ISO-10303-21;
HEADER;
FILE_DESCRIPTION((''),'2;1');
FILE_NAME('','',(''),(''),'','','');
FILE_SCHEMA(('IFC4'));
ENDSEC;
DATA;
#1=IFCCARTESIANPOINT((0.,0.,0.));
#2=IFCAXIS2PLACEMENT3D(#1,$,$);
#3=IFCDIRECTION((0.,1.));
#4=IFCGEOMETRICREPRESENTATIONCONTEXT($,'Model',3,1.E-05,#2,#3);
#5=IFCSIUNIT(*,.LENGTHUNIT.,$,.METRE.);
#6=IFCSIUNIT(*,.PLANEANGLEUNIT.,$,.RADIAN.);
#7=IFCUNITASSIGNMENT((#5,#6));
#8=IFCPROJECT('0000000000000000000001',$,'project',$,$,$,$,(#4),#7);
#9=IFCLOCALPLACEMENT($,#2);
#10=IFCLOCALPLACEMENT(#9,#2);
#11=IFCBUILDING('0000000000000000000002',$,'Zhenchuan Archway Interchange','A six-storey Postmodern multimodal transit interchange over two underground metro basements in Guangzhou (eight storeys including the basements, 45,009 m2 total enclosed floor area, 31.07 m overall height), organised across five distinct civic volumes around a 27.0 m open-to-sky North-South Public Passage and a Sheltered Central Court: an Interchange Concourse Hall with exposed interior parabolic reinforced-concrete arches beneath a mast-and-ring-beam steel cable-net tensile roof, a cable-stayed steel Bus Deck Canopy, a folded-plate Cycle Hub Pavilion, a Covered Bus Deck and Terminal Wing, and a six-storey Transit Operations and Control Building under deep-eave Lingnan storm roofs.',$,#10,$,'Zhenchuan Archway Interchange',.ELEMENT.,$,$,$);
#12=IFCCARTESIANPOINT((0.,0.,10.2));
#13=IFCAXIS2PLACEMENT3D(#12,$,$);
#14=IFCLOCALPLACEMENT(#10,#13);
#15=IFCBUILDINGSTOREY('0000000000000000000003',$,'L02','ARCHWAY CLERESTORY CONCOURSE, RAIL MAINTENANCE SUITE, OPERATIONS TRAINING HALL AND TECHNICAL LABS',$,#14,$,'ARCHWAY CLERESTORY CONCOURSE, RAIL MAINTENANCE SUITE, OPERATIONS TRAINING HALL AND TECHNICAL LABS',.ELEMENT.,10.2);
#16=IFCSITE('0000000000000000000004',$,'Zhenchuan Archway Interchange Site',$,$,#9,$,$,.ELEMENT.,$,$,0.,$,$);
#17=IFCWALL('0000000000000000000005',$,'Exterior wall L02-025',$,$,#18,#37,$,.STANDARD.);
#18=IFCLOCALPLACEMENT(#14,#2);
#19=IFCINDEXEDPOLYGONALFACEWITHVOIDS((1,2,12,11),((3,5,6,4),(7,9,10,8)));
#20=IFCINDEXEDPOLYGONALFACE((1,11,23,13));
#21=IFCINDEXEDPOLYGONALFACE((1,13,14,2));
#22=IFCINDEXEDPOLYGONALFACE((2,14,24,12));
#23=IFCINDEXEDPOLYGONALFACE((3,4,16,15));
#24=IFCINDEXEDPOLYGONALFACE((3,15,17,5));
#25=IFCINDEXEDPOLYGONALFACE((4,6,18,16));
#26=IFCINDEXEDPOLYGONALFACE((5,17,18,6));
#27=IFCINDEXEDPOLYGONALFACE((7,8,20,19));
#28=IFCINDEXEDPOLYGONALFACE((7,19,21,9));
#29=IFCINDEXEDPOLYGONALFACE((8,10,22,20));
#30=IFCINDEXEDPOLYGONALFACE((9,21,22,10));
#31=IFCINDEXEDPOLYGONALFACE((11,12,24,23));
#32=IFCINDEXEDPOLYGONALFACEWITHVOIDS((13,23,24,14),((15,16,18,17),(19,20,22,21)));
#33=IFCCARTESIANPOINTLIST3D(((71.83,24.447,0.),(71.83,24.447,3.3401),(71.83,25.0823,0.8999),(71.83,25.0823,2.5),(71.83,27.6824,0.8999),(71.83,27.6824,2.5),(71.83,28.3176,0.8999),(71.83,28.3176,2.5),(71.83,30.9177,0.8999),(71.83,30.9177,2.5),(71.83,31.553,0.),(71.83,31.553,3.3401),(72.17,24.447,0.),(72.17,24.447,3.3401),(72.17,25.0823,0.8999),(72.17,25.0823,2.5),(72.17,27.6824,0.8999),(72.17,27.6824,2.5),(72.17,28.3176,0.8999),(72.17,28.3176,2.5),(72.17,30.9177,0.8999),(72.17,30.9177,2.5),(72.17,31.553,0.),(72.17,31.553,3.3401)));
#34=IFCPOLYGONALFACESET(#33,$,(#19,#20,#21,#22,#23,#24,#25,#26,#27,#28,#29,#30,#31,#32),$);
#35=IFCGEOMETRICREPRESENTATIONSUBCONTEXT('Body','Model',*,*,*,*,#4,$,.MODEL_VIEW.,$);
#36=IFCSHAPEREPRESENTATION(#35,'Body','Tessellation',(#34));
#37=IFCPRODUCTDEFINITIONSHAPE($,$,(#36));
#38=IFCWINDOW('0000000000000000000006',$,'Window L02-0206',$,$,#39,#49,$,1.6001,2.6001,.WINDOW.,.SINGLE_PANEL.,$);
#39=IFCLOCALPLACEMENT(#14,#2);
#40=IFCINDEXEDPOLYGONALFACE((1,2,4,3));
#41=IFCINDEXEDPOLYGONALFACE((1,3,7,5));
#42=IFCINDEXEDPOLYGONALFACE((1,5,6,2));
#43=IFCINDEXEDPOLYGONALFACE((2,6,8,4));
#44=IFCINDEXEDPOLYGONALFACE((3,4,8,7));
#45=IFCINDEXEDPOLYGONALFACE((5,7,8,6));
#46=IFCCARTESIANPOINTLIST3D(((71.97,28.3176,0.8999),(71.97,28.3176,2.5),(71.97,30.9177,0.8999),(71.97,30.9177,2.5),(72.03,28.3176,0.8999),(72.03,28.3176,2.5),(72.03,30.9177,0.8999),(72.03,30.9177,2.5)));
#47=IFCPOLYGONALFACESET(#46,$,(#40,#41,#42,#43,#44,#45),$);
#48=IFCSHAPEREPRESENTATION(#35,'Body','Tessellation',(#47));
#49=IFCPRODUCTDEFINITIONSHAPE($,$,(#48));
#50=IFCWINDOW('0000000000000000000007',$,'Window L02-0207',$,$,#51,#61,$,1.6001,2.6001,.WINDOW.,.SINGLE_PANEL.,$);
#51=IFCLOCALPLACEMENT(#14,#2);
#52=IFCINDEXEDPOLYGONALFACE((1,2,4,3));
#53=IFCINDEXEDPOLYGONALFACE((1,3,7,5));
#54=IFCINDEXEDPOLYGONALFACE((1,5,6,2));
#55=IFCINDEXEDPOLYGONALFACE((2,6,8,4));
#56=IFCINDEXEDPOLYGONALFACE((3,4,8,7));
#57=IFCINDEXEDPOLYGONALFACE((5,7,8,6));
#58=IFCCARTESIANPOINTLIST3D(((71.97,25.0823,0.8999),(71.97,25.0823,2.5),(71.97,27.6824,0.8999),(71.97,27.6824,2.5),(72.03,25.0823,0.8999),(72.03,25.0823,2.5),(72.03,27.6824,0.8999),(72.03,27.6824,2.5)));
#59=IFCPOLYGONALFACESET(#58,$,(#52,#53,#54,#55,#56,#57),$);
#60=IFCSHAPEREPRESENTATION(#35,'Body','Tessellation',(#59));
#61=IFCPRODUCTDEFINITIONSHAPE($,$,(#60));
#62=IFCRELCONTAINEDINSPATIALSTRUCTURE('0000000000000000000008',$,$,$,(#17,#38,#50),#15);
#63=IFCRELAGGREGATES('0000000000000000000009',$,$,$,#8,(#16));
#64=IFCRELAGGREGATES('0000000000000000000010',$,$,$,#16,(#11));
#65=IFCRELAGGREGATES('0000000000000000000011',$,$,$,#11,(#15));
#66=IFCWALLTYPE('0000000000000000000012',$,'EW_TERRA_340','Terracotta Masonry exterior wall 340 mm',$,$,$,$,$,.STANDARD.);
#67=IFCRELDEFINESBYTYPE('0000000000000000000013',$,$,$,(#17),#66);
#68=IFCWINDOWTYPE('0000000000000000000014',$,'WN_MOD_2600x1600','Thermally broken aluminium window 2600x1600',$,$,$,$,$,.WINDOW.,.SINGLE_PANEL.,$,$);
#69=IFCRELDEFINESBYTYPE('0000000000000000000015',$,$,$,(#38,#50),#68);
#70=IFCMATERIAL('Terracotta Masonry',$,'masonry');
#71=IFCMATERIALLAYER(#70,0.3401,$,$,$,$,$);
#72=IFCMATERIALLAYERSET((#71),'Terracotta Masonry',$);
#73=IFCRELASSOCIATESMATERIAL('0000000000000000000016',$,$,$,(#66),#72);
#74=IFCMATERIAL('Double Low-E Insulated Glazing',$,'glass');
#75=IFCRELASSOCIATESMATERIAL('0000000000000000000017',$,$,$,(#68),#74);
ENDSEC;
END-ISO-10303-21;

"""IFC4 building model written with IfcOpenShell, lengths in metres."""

from ifc_helpers import new_model, si_unit, direction, frame, frame_2d, origin, place, context, subcontext, project, spatial, rectangle, extrude, material, layer, layer_set, type_object, element, fill, save


model = new_model("IFC4")

# Units and contexts
model_context = context("Model", 3, precision=1e-05, world=origin(), true_north=direction((0.0, 1.0)))
body_context = subcontext(model_context, "Body", "Model", "MODEL_VIEW")
ifc_project = project(units=[si_unit("LENGTHUNIT", "METRE"), si_unit("PLANEANGLEUNIT", "RADIAN")], contexts=[model_context])

# Site, building, storey
site_placement = place(None, origin())
site = spatial("IfcSite", under=ifc_project, at=site_placement, Name="Zhenchuan Archway Interchange Site", CompositionType="ELEMENT", RefElevation=0.0)
building_placement = place(site_placement, origin())
building = spatial("IfcBuilding", under=site, at=building_placement, Name="Zhenchuan Archway Interchange", Description="A six-storey Postmodern multimodal transit interchange over two underground metro basements in Guangzhou (eight storeys including the basements, 45,009 m2 total enclosed floor area, 31.07 m overall height), organised across five distinct civic volumes around a 27.0 m open-to-sky North-South Public Passage and a Sheltered Central Court: an Interchange Concourse Hall with exposed interior parabolic reinforced-concrete arches beneath a mast-and-ring-beam steel cable-net tensile roof, a cable-stayed steel Bus Deck Canopy, a folded-plate Cycle Hub Pavilion, a Covered Bus Deck and Terminal Wing, and a six-storey Transit Operations and Control Building under deep-eave Lingnan storm roofs.", LongName="Zhenchuan Archway Interchange", CompositionType="ELEMENT")
storey_placement = place(building_placement, frame((0.0, 0.0, 10.2)))
storey = spatial("IfcBuildingStorey", under=building, at=storey_placement, Name="L02", Description="ARCHWAY CLERESTORY CONCOURSE, RAIL MAINTENANCE SUITE, OPERATIONS TRAINING HALL AND TECHNICAL LABS", LongName="ARCHWAY CLERESTORY CONCOURSE, RAIL MAINTENANCE SUITE, OPERATIONS TRAINING HALL AND TECHNICAL LABS", CompositionType="ELEMENT", Elevation=10.2)

# Shared definitions
ifc_material_1 = material(Name="Double Low-E Insulated Glazing", Category="glass")

# Wall, openings, windows
ifc_material_2 = material(Name="Terracotta Masonry", Category="masonry")
ifc_layer_1 = layer(ifc_material_2, 0.3401)
ifc_layer_set_1 = layer_set([ifc_layer_1], Name="Terracotta Masonry")
wall_type = type_object("IfcWallType", Name="EW_TERRA_340", Description="Terracotta Masonry exterior wall 340 mm", PredefinedType="STANDARD", material=ifc_layer_set_1)
wall_placement = place(storey_placement, frame((72.0, 31.553, 0.0), z_axis=(0.0, 0.0, 1.0), x_axis=(0.0, -1.0, 0.0)))
wall = element("IfcWall", 1, at=wall_placement, inside=storey, type_object=wall_type, Name="Exterior wall L02-025", PredefinedType="STANDARD", context=body_context, shape_type="SweptSolid", body=[
    extrude(rectangle(XDim=7.106, YDim=0.3401, at=frame_2d((3.553, 0.0))), origin(), (0.0, 0.0, 1.0), 3.3401),
])
opening_1_placement = place(wall_placement, frame((0.6353, 0.0, 0.8999)))
opening_1 = element("IfcOpeningElement", 2, at=opening_1_placement, cuts=wall, PredefinedType="OPENING", context=body_context, shape_type="SweptSolid", body=[
    extrude(rectangle(XDim=2.6001, YDim=1.6001, at=frame_2d((1.3, 0.8))), frame((0.0, 0.1821, 0.0), z_axis=(0.0, -1.0, 0.0), x_axis=(1.0, 0.0, 0.0)), (0.0, 0.0, 1.0), 0.364),
])
opening_2_placement = place(wall_placement, frame((3.8706, 0.0, 0.8999)))
opening_2 = element("IfcOpeningElement", 3, at=opening_2_placement, cuts=wall, PredefinedType="OPENING", context=body_context, shape_type="SweptSolid", body=[
    extrude(rectangle(XDim=2.6001, YDim=1.6001, at=frame_2d((1.3, 0.8))), frame((0.0, 0.1821, 0.0), z_axis=(0.0, -1.0, 0.0), x_axis=(1.0, 0.0, 0.0)), (0.0, 0.0, 1.0), 0.364),
])
window_type = type_object("IfcWindowType", Name="WN_MOD_2600x1600", Description="Thermally broken aluminium window 2600x1600", PartitioningType="SINGLE_PANEL", PredefinedType="WINDOW", material=ifc_material_1)
window_1_placement = place(opening_1_placement, origin())
window_1 = element("IfcWindow", 4, at=window_1_placement, inside=storey, type_object=window_type, Name="Window L02-0206", OverallHeight=1.6001, OverallWidth=2.6001, PartitioningType="SINGLE_PANEL", PredefinedType="WINDOW", context=body_context, shape_type="SweptSolid", body=[
    extrude(rectangle(XDim=2.6001, YDim=1.6001, at=frame_2d((1.3, 0.8))), frame((0.0, 0.03, 0.0), z_axis=(0.0, -1.0, 0.0), x_axis=(1.0, 0.0, 0.0)), (0.0, 0.0, 1.0), 0.0601),
])
fill(opening_1, window_1)
window_2_placement = place(opening_2_placement, origin())
window_2 = element("IfcWindow", 5, at=window_2_placement, inside=storey, type_object=window_type, Name="Window L02-0207", OverallHeight=1.6001, OverallWidth=2.6001, PartitioningType="SINGLE_PANEL", PredefinedType="WINDOW", context=body_context, shape_type="SweptSolid", body=[
    extrude(rectangle(XDim=2.6001, YDim=1.6001, at=frame_2d((1.3, 0.8))), frame((0.0, 0.03, 0.0), z_axis=(0.0, -1.0, 0.0), x_axis=(1.0, 0.0, 0.0)), (0.0, 0.0, 1.0), 0.0601),
])
fill(opening_2, window_2)

save(model, "model.ifc")
